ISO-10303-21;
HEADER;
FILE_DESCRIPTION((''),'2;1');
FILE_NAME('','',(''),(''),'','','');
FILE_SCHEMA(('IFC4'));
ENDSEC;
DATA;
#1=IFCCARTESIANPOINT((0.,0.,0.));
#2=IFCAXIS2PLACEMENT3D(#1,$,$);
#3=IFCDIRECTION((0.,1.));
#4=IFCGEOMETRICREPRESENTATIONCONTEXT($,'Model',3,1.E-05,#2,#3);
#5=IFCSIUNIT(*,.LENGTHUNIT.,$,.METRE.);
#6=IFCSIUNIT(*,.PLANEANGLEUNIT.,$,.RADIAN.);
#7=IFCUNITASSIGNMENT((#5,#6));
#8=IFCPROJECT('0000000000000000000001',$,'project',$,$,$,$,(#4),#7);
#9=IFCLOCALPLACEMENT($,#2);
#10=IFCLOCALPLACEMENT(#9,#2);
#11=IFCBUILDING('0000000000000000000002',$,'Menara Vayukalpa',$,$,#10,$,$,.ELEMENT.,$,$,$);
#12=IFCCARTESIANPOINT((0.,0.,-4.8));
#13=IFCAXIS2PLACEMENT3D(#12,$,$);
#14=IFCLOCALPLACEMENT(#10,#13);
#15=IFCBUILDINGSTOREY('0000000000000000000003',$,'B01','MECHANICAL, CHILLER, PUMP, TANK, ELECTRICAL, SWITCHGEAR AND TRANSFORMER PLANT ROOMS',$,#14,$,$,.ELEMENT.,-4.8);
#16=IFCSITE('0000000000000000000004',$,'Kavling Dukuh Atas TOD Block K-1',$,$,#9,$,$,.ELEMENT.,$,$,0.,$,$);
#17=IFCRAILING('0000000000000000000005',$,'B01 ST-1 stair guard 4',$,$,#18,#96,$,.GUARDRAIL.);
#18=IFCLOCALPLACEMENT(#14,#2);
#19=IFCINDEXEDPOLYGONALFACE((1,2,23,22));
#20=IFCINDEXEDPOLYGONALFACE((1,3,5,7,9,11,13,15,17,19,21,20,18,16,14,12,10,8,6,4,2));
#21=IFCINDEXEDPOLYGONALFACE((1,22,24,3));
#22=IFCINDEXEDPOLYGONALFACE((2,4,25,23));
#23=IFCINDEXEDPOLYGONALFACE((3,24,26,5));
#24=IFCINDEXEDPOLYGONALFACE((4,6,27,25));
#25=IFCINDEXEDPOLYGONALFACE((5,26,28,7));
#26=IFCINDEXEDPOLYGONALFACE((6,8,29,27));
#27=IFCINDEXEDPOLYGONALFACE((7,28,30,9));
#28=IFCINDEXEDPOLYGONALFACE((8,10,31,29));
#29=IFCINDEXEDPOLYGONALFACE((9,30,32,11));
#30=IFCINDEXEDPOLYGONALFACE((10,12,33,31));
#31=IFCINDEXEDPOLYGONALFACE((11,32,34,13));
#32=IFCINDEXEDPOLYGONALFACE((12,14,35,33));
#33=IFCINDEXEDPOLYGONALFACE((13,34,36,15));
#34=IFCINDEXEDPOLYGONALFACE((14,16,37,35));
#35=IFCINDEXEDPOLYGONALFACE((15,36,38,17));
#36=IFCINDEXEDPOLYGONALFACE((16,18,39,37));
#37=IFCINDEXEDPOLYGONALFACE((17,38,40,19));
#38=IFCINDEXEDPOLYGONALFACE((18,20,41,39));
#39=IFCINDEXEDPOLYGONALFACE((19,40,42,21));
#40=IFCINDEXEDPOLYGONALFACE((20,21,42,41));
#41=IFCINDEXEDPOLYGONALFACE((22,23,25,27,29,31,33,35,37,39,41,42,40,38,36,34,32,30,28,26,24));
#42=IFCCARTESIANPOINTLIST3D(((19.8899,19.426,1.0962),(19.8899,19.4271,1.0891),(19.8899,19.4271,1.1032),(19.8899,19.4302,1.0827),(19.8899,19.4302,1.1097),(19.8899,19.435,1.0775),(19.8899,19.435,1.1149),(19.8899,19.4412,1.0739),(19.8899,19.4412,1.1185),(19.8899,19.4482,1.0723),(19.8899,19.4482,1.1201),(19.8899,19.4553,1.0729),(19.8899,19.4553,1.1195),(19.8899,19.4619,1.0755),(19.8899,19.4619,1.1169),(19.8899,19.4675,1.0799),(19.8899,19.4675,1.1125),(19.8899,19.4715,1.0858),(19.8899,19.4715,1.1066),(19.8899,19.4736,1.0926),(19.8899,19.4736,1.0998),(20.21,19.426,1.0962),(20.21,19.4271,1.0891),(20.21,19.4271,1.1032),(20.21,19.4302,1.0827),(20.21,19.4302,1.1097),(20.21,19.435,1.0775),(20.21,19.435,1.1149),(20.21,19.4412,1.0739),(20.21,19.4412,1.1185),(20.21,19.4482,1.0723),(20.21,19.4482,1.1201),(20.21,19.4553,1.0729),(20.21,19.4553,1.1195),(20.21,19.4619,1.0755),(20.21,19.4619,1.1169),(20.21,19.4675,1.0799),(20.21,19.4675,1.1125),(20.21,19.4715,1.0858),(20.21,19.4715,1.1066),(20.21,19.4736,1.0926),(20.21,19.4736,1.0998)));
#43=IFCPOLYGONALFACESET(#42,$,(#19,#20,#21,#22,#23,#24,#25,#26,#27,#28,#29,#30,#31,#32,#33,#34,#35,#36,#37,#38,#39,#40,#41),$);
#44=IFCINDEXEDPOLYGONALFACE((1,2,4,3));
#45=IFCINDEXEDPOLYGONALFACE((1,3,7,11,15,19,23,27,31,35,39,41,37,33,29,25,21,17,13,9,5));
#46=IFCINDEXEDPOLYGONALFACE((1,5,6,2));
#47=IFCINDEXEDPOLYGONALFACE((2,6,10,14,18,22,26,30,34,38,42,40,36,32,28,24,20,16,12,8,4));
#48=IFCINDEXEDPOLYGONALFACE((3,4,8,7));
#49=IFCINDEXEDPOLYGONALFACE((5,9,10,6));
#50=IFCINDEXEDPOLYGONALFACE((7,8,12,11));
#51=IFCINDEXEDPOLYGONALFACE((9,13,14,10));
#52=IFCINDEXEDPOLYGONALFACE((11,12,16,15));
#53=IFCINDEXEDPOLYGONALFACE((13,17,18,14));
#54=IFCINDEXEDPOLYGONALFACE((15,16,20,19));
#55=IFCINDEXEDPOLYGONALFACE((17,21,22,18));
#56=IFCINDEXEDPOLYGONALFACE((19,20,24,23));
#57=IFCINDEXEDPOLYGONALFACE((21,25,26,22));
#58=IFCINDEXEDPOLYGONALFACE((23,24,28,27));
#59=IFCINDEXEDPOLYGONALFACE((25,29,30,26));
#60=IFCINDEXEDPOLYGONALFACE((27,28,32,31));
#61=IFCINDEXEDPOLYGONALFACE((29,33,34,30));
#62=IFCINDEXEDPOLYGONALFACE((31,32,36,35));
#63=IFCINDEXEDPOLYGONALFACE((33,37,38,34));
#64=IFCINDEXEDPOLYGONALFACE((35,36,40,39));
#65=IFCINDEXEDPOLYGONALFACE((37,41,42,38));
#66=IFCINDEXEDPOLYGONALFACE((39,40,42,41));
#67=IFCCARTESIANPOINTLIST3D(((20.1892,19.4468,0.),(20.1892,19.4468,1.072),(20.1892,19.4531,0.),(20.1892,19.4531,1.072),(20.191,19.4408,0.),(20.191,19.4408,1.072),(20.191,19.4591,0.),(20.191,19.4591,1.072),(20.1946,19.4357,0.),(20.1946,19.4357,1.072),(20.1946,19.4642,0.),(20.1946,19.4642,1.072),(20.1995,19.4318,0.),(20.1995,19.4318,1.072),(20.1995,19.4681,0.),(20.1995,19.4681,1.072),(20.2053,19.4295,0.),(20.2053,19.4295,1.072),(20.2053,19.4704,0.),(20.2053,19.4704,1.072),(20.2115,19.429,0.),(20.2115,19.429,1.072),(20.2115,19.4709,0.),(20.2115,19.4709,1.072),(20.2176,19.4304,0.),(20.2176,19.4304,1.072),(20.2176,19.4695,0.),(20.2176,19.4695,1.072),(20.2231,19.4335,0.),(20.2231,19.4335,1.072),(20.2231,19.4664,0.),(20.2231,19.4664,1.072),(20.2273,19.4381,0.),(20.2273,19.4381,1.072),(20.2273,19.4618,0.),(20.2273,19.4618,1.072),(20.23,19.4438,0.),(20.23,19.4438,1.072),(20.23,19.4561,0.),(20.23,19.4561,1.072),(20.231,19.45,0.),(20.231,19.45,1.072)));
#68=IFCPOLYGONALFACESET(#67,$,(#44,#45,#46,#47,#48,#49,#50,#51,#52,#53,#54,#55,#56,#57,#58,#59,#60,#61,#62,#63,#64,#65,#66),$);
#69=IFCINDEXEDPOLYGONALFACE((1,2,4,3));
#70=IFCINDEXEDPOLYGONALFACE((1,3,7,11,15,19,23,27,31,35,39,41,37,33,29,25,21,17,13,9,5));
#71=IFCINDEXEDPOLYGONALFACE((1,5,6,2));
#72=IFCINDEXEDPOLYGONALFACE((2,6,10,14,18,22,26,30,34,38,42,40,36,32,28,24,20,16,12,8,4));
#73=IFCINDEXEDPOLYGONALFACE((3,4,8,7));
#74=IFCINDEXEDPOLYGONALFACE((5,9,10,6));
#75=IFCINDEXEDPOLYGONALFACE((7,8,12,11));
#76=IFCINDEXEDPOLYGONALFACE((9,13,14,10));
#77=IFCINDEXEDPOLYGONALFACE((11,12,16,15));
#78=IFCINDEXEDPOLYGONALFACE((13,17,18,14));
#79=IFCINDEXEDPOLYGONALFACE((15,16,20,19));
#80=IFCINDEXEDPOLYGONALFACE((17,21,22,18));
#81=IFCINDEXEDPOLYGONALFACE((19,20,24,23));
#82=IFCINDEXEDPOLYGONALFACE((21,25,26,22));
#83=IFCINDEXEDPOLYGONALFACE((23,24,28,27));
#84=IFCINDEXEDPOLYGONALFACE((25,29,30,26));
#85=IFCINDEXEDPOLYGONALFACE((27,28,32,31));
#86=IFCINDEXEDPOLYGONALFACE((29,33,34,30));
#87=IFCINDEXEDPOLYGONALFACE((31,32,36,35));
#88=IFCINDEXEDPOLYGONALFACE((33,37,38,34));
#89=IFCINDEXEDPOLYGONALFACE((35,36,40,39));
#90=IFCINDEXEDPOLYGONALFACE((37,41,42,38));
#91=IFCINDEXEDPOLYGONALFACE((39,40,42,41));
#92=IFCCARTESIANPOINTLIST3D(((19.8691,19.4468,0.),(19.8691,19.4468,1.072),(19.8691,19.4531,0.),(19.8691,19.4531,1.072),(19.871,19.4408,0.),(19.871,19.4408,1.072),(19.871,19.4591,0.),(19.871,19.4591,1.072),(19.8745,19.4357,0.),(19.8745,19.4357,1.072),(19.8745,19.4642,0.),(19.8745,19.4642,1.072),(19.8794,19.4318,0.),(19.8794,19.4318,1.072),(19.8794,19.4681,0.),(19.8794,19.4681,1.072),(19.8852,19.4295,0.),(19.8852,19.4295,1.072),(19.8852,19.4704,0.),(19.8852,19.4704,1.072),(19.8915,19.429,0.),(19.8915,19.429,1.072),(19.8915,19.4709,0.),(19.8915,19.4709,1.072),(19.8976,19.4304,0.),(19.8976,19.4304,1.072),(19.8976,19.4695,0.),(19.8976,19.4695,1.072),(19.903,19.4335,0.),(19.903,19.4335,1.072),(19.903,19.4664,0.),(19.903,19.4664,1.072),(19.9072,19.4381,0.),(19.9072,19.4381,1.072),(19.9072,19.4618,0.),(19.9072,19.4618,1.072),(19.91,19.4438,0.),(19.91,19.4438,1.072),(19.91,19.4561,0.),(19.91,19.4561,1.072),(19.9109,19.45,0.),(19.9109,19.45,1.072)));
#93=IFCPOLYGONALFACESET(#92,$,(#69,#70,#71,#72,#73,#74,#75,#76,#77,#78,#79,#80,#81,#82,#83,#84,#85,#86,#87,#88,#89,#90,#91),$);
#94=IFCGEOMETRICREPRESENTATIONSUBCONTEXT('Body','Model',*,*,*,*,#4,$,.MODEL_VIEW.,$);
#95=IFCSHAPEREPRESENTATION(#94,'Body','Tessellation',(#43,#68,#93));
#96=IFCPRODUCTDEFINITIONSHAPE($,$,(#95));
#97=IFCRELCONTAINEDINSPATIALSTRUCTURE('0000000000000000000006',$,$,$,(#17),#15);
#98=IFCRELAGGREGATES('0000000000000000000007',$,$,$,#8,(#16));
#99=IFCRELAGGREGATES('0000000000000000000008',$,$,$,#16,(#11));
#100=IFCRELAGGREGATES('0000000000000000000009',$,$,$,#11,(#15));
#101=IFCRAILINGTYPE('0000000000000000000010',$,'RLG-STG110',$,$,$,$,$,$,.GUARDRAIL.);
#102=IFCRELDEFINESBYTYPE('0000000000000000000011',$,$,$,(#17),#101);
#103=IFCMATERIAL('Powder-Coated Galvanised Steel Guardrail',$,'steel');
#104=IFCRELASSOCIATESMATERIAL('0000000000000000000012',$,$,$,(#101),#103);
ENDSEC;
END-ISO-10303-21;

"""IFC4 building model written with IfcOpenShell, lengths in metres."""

from ifc_helpers import new_model, si_unit, direction, frame, origin, origin_2d, place, context, subcontext, project, spatial, circle, extrude, material, type_object, element, save


model = new_model("IFC4")

# Units and contexts
model_context = context("Model", 3, precision=1e-05, world=origin(), true_north=direction((0.0, 1.0)))
body_context = subcontext(model_context, "Body", "Model", "MODEL_VIEW")
ifc_project = project(units=[si_unit("LENGTHUNIT", "METRE"), si_unit("PLANEANGLEUNIT", "RADIAN")], contexts=[model_context])

# Site, building, storey
site_placement = place(None, origin())
site = spatial("IfcSite", under=ifc_project, at=site_placement, Name="Kavling Dukuh Atas TOD Block K-1", CompositionType="ELEMENT", RefElevation=0.0)
building_placement = place(site_placement, origin())
building = spatial("IfcBuilding", under=site, at=building_placement, Name="Menara Vayukalpa", CompositionType="ELEMENT")
storey_placement = place(building_placement, frame((0.0, 0.0, -4.8)))
storey = spatial("IfcBuildingStorey", under=building, at=storey_placement, Name="B01", Description="MECHANICAL, CHILLER, PUMP, TANK, ELECTRICAL, SWITCHGEAR AND TRANSFORMER PLANT ROOMS", CompositionType="ELEMENT", Elevation=-4.8)

# Railing
ifc_material_1 = material(Name="Powder-Coated Galvanised Steel Guardrail", Category="steel")
railing_type = type_object("IfcRailingType", Name="RLG-STG110", PredefinedType="GUARDRAIL", material=ifc_material_1)
railing_placement = place(storey_placement, frame((20.21, 19.45, 0.0)))
element("IfcRailing", 1, at=railing_placement, inside=storey, type_object=railing_type, Name="B01 ST-1 stair guard 4", PredefinedType="GUARDRAIL", context=body_context, shape_type="SweptSolid", body=[
    extrude(circle(Radius=0.0239, at=origin_2d()), frame((0.0, 0.0, 1.0962), z_axis=(-1.0, 0.0, 0.0), x_axis=(0.0, -1.0, 0.0)), (0.0, 0.0, 1.0), 0.3201),
    extrude(circle(Radius=0.021, at=origin_2d()), origin(), (0.0, 0.0, 1.0), 1.072),
    extrude(circle(Radius=0.021, at=origin_2d()), frame((-0.3201, 0.0, 0.0)), (0.0, 0.0, 1.0), 1.072),
])

save(model, "model.ifc")
